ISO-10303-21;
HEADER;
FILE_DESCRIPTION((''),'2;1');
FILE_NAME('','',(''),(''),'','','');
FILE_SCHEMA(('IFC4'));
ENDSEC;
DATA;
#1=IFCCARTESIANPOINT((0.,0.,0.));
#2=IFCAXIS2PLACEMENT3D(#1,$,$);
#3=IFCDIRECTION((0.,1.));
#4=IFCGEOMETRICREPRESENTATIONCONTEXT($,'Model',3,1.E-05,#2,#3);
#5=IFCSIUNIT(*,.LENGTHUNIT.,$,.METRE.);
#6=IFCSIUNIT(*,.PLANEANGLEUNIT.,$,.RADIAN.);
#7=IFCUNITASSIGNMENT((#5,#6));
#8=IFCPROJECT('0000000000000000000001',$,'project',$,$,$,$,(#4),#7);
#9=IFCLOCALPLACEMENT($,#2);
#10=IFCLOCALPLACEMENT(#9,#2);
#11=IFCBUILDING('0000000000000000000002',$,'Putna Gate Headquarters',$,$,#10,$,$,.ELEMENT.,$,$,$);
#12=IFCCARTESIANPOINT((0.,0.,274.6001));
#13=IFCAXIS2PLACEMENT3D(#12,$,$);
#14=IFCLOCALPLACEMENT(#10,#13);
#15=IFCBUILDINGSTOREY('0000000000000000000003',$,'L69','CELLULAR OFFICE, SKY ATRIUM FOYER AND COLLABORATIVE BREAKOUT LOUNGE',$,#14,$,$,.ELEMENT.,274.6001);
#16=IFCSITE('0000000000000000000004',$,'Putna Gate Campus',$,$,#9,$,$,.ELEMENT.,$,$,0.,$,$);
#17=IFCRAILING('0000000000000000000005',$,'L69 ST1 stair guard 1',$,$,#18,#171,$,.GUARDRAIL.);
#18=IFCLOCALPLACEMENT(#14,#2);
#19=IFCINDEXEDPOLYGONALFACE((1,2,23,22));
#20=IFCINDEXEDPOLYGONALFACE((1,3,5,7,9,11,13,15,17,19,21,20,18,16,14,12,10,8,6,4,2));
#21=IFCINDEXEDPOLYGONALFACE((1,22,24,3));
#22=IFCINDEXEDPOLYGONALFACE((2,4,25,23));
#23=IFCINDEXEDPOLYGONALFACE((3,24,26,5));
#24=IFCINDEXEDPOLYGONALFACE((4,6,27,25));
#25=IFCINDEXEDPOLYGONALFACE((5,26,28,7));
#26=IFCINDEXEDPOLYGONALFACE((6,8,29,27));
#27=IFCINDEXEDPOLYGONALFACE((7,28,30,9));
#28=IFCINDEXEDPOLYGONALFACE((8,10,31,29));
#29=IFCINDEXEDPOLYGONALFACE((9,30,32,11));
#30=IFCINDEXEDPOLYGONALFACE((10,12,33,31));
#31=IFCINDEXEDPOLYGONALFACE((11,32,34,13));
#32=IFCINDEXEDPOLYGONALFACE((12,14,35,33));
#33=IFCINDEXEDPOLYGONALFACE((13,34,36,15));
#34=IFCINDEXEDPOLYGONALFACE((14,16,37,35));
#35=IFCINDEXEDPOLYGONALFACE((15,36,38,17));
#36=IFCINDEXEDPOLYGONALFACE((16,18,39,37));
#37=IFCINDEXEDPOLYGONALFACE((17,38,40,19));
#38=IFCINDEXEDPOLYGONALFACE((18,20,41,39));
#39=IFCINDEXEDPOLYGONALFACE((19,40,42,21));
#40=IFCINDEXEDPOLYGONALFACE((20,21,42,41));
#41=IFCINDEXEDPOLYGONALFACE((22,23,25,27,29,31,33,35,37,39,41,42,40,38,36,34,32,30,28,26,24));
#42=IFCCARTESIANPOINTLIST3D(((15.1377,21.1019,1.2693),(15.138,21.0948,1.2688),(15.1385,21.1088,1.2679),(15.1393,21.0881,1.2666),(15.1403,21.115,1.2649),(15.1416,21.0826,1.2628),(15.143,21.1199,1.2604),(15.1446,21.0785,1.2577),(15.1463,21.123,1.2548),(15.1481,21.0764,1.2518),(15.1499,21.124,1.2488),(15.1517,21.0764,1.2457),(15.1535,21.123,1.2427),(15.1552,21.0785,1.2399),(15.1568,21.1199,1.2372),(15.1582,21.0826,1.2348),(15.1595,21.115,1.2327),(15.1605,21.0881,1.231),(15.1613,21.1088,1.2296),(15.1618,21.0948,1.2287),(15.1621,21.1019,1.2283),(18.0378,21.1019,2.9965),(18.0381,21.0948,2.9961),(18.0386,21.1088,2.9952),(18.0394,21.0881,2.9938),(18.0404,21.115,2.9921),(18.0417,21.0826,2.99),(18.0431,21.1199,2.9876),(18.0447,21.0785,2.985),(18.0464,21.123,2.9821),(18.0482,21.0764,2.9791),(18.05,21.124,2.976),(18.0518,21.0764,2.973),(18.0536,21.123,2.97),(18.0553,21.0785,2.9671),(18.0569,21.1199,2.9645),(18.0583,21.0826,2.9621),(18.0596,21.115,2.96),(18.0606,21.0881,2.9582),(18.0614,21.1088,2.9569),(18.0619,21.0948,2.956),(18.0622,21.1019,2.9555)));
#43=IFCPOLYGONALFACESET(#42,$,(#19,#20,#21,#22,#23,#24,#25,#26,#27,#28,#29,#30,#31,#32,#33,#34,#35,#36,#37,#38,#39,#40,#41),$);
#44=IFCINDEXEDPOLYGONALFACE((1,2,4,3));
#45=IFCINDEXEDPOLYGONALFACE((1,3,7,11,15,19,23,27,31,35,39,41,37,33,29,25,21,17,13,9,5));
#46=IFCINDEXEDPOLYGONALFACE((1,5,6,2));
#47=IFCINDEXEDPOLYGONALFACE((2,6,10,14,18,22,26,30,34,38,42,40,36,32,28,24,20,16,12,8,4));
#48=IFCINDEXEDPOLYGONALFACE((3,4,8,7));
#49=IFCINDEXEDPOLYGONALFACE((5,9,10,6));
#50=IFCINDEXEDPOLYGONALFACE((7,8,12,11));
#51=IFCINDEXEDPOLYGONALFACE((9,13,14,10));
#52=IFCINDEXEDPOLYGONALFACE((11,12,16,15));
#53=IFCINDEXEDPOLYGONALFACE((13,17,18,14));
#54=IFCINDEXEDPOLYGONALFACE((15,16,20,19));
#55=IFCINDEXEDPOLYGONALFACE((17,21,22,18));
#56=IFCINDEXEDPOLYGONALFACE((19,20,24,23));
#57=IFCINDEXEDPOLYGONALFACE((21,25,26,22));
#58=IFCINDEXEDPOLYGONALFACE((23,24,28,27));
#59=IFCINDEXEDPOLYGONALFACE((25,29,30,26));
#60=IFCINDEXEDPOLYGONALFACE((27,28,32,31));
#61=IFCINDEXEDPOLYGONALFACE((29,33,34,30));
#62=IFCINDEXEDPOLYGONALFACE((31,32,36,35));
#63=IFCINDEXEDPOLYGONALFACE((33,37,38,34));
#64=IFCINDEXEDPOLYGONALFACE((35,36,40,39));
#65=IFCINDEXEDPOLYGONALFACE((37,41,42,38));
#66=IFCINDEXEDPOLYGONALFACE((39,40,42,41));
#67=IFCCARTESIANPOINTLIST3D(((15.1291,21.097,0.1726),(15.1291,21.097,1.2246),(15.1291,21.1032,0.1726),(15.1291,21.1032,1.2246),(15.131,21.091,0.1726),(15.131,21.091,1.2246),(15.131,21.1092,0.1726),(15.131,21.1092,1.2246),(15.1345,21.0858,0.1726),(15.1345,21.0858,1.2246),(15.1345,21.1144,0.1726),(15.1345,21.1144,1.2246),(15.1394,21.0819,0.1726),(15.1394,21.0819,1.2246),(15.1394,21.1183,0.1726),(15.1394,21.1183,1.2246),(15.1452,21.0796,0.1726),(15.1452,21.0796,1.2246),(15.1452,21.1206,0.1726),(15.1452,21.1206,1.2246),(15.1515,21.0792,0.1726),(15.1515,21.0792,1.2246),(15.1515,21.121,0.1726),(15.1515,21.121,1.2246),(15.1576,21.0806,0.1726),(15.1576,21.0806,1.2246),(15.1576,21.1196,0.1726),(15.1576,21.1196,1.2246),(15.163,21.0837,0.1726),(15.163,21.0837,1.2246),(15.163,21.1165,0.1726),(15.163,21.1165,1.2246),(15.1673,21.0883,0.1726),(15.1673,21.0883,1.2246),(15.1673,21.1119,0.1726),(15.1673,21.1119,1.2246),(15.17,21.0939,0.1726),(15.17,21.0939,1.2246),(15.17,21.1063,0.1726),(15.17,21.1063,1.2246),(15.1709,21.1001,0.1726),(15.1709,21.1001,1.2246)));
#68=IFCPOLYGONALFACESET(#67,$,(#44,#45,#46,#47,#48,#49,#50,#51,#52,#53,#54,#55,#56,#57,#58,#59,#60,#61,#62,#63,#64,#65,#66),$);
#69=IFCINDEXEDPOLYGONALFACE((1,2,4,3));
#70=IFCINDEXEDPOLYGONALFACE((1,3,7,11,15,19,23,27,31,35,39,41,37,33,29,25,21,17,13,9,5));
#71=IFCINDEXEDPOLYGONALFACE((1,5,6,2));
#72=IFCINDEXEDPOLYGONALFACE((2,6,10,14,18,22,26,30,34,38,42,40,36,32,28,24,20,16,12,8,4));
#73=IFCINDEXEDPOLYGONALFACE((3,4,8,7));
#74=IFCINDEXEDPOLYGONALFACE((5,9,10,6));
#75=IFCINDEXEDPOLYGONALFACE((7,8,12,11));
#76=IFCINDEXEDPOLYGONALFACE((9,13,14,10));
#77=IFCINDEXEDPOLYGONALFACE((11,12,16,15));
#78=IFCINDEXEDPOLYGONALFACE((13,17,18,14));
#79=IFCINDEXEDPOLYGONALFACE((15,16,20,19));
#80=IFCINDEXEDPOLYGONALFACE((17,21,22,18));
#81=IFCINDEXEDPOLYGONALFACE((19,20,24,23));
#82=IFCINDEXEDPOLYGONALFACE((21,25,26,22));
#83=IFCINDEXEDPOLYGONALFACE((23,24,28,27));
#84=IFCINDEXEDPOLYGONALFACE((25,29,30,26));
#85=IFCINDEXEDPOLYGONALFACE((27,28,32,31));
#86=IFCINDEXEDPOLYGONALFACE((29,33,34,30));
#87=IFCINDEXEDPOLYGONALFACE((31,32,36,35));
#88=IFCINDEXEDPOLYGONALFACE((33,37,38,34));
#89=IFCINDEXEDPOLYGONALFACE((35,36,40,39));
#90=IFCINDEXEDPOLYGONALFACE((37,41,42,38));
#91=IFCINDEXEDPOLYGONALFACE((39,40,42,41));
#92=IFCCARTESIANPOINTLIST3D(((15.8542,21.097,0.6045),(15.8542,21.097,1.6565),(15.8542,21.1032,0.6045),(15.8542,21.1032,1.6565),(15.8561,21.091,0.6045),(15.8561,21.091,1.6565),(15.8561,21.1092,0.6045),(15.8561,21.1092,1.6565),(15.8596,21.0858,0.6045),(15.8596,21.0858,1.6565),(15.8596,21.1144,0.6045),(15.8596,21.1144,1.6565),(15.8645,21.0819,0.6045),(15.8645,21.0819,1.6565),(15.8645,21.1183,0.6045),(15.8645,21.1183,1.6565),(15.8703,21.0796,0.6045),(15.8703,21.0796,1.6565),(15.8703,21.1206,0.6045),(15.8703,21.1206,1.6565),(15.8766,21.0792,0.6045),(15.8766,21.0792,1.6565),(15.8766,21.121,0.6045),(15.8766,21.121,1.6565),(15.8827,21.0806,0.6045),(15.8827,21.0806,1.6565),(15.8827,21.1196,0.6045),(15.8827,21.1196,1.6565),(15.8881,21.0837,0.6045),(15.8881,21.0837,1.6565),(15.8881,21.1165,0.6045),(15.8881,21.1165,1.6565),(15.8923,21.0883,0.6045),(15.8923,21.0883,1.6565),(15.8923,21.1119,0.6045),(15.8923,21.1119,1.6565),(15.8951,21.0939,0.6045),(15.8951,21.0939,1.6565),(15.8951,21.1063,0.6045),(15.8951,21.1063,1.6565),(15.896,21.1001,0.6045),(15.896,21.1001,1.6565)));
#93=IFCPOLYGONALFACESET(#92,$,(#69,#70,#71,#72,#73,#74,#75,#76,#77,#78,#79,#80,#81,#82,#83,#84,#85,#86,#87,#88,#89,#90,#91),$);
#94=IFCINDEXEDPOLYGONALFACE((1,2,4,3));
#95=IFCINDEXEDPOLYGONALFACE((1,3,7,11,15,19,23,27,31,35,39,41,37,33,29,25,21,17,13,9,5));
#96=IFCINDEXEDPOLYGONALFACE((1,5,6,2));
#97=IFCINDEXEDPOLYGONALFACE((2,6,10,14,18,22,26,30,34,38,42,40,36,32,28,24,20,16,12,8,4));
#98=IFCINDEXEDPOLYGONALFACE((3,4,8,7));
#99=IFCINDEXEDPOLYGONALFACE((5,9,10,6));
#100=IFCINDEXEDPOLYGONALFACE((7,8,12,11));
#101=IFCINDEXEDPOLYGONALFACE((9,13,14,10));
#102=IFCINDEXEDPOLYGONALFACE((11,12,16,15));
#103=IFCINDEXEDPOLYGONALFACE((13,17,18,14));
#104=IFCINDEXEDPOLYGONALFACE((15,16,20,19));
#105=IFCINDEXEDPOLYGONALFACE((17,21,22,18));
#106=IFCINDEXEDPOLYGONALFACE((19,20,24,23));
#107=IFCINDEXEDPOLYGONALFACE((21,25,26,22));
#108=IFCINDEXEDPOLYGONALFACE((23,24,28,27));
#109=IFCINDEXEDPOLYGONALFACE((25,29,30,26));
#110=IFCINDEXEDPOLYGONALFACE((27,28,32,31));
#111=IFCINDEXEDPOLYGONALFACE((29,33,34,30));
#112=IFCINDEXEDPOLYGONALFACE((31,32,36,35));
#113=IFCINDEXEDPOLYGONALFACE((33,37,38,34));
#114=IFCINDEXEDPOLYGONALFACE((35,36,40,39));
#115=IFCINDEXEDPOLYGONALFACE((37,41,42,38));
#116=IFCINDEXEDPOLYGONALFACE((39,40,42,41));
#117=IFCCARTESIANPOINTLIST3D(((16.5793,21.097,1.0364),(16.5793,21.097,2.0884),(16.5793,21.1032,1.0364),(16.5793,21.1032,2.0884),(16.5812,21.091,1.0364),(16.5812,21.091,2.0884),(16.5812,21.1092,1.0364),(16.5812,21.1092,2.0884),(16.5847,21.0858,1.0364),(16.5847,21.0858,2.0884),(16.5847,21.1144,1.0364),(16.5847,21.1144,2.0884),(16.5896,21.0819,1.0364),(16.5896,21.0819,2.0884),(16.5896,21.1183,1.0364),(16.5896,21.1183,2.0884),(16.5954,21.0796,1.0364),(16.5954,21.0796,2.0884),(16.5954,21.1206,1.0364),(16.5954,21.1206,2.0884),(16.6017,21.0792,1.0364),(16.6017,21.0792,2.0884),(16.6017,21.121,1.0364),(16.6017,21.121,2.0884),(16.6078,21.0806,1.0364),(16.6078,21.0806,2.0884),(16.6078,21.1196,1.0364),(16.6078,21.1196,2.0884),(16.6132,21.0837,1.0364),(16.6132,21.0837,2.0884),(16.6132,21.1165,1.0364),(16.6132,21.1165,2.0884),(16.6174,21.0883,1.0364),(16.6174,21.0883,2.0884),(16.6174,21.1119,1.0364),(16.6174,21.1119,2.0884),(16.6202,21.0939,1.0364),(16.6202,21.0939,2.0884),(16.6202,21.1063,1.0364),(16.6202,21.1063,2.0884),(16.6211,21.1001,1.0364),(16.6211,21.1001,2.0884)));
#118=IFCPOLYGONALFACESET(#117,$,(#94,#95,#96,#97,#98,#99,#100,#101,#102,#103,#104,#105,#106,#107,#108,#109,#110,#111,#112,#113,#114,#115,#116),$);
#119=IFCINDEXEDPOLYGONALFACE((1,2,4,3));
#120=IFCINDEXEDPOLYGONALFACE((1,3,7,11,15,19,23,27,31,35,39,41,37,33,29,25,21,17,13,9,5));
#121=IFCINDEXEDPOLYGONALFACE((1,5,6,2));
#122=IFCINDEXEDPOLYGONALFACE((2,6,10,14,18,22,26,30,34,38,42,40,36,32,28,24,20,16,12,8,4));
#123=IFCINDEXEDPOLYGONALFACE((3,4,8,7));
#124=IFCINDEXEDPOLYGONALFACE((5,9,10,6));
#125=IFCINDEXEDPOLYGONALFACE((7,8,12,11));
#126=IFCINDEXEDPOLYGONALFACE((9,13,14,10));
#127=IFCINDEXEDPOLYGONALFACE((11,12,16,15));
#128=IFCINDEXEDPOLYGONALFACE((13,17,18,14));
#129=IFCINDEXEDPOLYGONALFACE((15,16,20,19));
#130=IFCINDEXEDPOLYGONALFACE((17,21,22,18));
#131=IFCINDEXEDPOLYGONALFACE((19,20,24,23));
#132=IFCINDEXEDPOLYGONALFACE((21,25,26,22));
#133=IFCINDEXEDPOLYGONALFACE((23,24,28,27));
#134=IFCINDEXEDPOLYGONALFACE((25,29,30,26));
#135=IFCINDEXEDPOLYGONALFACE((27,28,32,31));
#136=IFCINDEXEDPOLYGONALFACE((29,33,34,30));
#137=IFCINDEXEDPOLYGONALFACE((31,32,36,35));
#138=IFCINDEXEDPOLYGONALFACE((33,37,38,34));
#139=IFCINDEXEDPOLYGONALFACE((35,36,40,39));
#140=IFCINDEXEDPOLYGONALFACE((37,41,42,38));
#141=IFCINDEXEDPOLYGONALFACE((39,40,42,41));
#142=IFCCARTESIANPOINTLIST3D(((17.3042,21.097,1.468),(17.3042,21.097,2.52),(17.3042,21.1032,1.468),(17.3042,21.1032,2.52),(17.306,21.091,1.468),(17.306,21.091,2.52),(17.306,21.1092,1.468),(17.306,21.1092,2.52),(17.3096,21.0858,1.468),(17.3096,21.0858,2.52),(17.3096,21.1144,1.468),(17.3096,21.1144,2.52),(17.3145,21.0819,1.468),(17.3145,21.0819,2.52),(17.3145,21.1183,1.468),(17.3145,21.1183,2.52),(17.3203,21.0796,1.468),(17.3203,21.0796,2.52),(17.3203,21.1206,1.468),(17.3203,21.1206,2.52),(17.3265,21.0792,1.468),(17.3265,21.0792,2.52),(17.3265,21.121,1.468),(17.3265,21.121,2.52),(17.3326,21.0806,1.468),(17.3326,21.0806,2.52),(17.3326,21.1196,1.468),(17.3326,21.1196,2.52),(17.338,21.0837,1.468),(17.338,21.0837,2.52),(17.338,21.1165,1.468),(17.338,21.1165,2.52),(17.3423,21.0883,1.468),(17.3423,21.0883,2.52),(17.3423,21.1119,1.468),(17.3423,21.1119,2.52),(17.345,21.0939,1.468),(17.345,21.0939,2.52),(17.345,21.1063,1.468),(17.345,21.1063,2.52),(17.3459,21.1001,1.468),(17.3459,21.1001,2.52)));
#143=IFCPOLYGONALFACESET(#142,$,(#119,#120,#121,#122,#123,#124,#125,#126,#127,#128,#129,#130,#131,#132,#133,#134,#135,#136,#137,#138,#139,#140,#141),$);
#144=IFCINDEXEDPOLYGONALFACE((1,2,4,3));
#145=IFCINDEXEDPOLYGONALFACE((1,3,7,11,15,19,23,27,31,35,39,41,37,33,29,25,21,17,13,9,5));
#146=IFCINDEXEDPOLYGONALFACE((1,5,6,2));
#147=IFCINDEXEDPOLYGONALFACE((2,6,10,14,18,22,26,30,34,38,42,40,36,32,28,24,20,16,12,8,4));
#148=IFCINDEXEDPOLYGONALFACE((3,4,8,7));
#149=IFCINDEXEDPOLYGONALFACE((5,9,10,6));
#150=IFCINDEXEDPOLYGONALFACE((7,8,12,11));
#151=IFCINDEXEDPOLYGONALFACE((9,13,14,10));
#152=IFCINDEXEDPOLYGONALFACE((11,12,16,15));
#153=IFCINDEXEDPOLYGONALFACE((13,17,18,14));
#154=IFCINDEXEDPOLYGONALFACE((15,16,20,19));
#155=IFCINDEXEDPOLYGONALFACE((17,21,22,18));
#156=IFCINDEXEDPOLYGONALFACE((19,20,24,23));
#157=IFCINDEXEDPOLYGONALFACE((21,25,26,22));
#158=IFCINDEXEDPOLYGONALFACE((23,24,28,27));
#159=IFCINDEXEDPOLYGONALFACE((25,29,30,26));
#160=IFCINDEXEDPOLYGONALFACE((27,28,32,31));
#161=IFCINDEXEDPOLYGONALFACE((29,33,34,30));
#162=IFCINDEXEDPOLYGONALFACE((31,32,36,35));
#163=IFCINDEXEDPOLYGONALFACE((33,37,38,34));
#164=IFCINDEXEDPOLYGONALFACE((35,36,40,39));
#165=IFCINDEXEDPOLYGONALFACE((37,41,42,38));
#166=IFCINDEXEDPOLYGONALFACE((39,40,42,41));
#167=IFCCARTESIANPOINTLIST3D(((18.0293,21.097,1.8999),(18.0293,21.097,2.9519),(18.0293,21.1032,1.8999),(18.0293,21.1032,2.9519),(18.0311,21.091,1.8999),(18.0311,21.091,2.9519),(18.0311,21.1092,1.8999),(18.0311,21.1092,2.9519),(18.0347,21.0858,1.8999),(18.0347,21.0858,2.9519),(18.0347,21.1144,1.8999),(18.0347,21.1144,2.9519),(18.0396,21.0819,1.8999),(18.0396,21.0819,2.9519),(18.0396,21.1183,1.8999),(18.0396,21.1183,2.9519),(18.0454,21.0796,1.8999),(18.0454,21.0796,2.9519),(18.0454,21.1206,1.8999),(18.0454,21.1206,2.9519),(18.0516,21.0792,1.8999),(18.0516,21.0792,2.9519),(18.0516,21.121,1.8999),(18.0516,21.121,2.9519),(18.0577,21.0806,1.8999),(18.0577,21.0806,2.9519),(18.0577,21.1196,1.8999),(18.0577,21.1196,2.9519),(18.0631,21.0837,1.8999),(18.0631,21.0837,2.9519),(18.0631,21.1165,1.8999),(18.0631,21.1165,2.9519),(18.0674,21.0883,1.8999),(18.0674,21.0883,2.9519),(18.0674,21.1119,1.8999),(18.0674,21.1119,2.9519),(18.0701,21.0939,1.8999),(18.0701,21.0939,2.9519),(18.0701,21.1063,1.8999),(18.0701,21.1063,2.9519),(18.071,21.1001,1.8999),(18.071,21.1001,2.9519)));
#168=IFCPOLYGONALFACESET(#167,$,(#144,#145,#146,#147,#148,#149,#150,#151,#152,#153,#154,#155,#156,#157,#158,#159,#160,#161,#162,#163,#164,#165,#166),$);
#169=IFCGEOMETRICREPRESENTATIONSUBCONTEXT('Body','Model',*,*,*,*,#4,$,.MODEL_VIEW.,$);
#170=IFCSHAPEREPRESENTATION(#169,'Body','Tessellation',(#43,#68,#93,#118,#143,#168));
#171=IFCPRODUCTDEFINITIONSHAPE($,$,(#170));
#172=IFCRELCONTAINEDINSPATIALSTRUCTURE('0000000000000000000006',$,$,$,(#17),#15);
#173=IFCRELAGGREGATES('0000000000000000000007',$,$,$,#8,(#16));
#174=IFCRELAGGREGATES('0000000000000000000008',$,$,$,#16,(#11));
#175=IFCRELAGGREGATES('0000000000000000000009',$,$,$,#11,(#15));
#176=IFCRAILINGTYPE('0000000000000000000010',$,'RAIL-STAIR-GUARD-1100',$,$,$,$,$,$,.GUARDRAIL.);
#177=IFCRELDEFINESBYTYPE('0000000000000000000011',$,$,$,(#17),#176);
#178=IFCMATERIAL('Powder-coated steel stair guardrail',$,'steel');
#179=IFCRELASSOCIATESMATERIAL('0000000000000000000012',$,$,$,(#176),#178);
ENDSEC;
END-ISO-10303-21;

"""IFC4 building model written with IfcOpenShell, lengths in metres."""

from ifc_helpers import new_model, si_unit, direction, frame, origin, origin_2d, place, context, subcontext, project, spatial, circle, extrude, material, type_object, element, save


model = new_model("IFC4")

# Units and contexts
model_context = context("Model", 3, precision=1e-05, world=origin(), true_north=direction((0.0, 1.0)))
body_context = subcontext(model_context, "Body", "Model", "MODEL_VIEW")
ifc_project = project(units=[si_unit("LENGTHUNIT", "METRE"), si_unit("PLANEANGLEUNIT", "RADIAN")], contexts=[model_context])

# Site, building, storey
site_placement = place(None, origin())
site = spatial("IfcSite", under=ifc_project, at=site_placement, Name="Putna Gate Campus", CompositionType="ELEMENT", RefElevation=0.0)
building_placement = place(site_placement, origin())
building = spatial("IfcBuilding", under=site, at=building_placement, Name="Putna Gate Headquarters", CompositionType="ELEMENT")
storey_placement = place(building_placement, frame((0.0, 0.0, 274.6001)))
storey = spatial("IfcBuildingStorey", under=building, at=storey_placement, Name="L69", Description="CELLULAR OFFICE, SKY ATRIUM FOYER AND COLLABORATIVE BREAKOUT LOUNGE", CompositionType="ELEMENT", Elevation=274.6001)

# Railing
ifc_material_1 = material(Name="Powder-coated steel stair guardrail", Category="steel")
railing_type_1 = type_object("IfcRailingType", Name="RAIL-STAIR-GUARD-1100", PredefinedType="GUARDRAIL", material=ifc_material_1)
railing_1_placement = place(storey_placement, frame((15.1499, 21.1001, 0.1726)))
element("IfcRailing", 1, at=railing_1_placement, inside=storey, type_object=railing_type_1, Name="L69 ST1 stair guard 1", PredefinedType="GUARDRAIL", context=body_context, shape_type="SweptSolid", body=[
    extrude(circle(Radius=0.0239, at=origin_2d()), frame((0.0, 0.0, 1.0762), z_axis=(0.85916, 0.0, 0.511706), x_axis=(0.0, 1.0, 0.0)), (0.0, 0.0, 1.0), 3.3755),
    extrude(circle(Radius=0.021, at=origin_2d()), origin(), (0.0, 0.0, 1.0), 1.052),
    extrude(circle(Radius=0.021, at=origin_2d()), frame((0.7251, 0.0, 0.4319)), (0.0, 0.0, 1.0), 1.052),
    extrude(circle(Radius=0.021, at=origin_2d()), frame((1.4502, 0.0, 0.8638)), (0.0, 0.0, 1.0), 1.052),
    extrude(circle(Radius=0.021, at=origin_2d()), frame((2.175, 0.0, 1.2954)), (0.0, 0.0, 1.0), 1.052),
    extrude(circle(Radius=0.021, at=origin_2d()), frame((2.9001, 0.0, 1.7273)), (0.0, 0.0, 1.0), 1.052),
])

save(model, "model.ifc")
